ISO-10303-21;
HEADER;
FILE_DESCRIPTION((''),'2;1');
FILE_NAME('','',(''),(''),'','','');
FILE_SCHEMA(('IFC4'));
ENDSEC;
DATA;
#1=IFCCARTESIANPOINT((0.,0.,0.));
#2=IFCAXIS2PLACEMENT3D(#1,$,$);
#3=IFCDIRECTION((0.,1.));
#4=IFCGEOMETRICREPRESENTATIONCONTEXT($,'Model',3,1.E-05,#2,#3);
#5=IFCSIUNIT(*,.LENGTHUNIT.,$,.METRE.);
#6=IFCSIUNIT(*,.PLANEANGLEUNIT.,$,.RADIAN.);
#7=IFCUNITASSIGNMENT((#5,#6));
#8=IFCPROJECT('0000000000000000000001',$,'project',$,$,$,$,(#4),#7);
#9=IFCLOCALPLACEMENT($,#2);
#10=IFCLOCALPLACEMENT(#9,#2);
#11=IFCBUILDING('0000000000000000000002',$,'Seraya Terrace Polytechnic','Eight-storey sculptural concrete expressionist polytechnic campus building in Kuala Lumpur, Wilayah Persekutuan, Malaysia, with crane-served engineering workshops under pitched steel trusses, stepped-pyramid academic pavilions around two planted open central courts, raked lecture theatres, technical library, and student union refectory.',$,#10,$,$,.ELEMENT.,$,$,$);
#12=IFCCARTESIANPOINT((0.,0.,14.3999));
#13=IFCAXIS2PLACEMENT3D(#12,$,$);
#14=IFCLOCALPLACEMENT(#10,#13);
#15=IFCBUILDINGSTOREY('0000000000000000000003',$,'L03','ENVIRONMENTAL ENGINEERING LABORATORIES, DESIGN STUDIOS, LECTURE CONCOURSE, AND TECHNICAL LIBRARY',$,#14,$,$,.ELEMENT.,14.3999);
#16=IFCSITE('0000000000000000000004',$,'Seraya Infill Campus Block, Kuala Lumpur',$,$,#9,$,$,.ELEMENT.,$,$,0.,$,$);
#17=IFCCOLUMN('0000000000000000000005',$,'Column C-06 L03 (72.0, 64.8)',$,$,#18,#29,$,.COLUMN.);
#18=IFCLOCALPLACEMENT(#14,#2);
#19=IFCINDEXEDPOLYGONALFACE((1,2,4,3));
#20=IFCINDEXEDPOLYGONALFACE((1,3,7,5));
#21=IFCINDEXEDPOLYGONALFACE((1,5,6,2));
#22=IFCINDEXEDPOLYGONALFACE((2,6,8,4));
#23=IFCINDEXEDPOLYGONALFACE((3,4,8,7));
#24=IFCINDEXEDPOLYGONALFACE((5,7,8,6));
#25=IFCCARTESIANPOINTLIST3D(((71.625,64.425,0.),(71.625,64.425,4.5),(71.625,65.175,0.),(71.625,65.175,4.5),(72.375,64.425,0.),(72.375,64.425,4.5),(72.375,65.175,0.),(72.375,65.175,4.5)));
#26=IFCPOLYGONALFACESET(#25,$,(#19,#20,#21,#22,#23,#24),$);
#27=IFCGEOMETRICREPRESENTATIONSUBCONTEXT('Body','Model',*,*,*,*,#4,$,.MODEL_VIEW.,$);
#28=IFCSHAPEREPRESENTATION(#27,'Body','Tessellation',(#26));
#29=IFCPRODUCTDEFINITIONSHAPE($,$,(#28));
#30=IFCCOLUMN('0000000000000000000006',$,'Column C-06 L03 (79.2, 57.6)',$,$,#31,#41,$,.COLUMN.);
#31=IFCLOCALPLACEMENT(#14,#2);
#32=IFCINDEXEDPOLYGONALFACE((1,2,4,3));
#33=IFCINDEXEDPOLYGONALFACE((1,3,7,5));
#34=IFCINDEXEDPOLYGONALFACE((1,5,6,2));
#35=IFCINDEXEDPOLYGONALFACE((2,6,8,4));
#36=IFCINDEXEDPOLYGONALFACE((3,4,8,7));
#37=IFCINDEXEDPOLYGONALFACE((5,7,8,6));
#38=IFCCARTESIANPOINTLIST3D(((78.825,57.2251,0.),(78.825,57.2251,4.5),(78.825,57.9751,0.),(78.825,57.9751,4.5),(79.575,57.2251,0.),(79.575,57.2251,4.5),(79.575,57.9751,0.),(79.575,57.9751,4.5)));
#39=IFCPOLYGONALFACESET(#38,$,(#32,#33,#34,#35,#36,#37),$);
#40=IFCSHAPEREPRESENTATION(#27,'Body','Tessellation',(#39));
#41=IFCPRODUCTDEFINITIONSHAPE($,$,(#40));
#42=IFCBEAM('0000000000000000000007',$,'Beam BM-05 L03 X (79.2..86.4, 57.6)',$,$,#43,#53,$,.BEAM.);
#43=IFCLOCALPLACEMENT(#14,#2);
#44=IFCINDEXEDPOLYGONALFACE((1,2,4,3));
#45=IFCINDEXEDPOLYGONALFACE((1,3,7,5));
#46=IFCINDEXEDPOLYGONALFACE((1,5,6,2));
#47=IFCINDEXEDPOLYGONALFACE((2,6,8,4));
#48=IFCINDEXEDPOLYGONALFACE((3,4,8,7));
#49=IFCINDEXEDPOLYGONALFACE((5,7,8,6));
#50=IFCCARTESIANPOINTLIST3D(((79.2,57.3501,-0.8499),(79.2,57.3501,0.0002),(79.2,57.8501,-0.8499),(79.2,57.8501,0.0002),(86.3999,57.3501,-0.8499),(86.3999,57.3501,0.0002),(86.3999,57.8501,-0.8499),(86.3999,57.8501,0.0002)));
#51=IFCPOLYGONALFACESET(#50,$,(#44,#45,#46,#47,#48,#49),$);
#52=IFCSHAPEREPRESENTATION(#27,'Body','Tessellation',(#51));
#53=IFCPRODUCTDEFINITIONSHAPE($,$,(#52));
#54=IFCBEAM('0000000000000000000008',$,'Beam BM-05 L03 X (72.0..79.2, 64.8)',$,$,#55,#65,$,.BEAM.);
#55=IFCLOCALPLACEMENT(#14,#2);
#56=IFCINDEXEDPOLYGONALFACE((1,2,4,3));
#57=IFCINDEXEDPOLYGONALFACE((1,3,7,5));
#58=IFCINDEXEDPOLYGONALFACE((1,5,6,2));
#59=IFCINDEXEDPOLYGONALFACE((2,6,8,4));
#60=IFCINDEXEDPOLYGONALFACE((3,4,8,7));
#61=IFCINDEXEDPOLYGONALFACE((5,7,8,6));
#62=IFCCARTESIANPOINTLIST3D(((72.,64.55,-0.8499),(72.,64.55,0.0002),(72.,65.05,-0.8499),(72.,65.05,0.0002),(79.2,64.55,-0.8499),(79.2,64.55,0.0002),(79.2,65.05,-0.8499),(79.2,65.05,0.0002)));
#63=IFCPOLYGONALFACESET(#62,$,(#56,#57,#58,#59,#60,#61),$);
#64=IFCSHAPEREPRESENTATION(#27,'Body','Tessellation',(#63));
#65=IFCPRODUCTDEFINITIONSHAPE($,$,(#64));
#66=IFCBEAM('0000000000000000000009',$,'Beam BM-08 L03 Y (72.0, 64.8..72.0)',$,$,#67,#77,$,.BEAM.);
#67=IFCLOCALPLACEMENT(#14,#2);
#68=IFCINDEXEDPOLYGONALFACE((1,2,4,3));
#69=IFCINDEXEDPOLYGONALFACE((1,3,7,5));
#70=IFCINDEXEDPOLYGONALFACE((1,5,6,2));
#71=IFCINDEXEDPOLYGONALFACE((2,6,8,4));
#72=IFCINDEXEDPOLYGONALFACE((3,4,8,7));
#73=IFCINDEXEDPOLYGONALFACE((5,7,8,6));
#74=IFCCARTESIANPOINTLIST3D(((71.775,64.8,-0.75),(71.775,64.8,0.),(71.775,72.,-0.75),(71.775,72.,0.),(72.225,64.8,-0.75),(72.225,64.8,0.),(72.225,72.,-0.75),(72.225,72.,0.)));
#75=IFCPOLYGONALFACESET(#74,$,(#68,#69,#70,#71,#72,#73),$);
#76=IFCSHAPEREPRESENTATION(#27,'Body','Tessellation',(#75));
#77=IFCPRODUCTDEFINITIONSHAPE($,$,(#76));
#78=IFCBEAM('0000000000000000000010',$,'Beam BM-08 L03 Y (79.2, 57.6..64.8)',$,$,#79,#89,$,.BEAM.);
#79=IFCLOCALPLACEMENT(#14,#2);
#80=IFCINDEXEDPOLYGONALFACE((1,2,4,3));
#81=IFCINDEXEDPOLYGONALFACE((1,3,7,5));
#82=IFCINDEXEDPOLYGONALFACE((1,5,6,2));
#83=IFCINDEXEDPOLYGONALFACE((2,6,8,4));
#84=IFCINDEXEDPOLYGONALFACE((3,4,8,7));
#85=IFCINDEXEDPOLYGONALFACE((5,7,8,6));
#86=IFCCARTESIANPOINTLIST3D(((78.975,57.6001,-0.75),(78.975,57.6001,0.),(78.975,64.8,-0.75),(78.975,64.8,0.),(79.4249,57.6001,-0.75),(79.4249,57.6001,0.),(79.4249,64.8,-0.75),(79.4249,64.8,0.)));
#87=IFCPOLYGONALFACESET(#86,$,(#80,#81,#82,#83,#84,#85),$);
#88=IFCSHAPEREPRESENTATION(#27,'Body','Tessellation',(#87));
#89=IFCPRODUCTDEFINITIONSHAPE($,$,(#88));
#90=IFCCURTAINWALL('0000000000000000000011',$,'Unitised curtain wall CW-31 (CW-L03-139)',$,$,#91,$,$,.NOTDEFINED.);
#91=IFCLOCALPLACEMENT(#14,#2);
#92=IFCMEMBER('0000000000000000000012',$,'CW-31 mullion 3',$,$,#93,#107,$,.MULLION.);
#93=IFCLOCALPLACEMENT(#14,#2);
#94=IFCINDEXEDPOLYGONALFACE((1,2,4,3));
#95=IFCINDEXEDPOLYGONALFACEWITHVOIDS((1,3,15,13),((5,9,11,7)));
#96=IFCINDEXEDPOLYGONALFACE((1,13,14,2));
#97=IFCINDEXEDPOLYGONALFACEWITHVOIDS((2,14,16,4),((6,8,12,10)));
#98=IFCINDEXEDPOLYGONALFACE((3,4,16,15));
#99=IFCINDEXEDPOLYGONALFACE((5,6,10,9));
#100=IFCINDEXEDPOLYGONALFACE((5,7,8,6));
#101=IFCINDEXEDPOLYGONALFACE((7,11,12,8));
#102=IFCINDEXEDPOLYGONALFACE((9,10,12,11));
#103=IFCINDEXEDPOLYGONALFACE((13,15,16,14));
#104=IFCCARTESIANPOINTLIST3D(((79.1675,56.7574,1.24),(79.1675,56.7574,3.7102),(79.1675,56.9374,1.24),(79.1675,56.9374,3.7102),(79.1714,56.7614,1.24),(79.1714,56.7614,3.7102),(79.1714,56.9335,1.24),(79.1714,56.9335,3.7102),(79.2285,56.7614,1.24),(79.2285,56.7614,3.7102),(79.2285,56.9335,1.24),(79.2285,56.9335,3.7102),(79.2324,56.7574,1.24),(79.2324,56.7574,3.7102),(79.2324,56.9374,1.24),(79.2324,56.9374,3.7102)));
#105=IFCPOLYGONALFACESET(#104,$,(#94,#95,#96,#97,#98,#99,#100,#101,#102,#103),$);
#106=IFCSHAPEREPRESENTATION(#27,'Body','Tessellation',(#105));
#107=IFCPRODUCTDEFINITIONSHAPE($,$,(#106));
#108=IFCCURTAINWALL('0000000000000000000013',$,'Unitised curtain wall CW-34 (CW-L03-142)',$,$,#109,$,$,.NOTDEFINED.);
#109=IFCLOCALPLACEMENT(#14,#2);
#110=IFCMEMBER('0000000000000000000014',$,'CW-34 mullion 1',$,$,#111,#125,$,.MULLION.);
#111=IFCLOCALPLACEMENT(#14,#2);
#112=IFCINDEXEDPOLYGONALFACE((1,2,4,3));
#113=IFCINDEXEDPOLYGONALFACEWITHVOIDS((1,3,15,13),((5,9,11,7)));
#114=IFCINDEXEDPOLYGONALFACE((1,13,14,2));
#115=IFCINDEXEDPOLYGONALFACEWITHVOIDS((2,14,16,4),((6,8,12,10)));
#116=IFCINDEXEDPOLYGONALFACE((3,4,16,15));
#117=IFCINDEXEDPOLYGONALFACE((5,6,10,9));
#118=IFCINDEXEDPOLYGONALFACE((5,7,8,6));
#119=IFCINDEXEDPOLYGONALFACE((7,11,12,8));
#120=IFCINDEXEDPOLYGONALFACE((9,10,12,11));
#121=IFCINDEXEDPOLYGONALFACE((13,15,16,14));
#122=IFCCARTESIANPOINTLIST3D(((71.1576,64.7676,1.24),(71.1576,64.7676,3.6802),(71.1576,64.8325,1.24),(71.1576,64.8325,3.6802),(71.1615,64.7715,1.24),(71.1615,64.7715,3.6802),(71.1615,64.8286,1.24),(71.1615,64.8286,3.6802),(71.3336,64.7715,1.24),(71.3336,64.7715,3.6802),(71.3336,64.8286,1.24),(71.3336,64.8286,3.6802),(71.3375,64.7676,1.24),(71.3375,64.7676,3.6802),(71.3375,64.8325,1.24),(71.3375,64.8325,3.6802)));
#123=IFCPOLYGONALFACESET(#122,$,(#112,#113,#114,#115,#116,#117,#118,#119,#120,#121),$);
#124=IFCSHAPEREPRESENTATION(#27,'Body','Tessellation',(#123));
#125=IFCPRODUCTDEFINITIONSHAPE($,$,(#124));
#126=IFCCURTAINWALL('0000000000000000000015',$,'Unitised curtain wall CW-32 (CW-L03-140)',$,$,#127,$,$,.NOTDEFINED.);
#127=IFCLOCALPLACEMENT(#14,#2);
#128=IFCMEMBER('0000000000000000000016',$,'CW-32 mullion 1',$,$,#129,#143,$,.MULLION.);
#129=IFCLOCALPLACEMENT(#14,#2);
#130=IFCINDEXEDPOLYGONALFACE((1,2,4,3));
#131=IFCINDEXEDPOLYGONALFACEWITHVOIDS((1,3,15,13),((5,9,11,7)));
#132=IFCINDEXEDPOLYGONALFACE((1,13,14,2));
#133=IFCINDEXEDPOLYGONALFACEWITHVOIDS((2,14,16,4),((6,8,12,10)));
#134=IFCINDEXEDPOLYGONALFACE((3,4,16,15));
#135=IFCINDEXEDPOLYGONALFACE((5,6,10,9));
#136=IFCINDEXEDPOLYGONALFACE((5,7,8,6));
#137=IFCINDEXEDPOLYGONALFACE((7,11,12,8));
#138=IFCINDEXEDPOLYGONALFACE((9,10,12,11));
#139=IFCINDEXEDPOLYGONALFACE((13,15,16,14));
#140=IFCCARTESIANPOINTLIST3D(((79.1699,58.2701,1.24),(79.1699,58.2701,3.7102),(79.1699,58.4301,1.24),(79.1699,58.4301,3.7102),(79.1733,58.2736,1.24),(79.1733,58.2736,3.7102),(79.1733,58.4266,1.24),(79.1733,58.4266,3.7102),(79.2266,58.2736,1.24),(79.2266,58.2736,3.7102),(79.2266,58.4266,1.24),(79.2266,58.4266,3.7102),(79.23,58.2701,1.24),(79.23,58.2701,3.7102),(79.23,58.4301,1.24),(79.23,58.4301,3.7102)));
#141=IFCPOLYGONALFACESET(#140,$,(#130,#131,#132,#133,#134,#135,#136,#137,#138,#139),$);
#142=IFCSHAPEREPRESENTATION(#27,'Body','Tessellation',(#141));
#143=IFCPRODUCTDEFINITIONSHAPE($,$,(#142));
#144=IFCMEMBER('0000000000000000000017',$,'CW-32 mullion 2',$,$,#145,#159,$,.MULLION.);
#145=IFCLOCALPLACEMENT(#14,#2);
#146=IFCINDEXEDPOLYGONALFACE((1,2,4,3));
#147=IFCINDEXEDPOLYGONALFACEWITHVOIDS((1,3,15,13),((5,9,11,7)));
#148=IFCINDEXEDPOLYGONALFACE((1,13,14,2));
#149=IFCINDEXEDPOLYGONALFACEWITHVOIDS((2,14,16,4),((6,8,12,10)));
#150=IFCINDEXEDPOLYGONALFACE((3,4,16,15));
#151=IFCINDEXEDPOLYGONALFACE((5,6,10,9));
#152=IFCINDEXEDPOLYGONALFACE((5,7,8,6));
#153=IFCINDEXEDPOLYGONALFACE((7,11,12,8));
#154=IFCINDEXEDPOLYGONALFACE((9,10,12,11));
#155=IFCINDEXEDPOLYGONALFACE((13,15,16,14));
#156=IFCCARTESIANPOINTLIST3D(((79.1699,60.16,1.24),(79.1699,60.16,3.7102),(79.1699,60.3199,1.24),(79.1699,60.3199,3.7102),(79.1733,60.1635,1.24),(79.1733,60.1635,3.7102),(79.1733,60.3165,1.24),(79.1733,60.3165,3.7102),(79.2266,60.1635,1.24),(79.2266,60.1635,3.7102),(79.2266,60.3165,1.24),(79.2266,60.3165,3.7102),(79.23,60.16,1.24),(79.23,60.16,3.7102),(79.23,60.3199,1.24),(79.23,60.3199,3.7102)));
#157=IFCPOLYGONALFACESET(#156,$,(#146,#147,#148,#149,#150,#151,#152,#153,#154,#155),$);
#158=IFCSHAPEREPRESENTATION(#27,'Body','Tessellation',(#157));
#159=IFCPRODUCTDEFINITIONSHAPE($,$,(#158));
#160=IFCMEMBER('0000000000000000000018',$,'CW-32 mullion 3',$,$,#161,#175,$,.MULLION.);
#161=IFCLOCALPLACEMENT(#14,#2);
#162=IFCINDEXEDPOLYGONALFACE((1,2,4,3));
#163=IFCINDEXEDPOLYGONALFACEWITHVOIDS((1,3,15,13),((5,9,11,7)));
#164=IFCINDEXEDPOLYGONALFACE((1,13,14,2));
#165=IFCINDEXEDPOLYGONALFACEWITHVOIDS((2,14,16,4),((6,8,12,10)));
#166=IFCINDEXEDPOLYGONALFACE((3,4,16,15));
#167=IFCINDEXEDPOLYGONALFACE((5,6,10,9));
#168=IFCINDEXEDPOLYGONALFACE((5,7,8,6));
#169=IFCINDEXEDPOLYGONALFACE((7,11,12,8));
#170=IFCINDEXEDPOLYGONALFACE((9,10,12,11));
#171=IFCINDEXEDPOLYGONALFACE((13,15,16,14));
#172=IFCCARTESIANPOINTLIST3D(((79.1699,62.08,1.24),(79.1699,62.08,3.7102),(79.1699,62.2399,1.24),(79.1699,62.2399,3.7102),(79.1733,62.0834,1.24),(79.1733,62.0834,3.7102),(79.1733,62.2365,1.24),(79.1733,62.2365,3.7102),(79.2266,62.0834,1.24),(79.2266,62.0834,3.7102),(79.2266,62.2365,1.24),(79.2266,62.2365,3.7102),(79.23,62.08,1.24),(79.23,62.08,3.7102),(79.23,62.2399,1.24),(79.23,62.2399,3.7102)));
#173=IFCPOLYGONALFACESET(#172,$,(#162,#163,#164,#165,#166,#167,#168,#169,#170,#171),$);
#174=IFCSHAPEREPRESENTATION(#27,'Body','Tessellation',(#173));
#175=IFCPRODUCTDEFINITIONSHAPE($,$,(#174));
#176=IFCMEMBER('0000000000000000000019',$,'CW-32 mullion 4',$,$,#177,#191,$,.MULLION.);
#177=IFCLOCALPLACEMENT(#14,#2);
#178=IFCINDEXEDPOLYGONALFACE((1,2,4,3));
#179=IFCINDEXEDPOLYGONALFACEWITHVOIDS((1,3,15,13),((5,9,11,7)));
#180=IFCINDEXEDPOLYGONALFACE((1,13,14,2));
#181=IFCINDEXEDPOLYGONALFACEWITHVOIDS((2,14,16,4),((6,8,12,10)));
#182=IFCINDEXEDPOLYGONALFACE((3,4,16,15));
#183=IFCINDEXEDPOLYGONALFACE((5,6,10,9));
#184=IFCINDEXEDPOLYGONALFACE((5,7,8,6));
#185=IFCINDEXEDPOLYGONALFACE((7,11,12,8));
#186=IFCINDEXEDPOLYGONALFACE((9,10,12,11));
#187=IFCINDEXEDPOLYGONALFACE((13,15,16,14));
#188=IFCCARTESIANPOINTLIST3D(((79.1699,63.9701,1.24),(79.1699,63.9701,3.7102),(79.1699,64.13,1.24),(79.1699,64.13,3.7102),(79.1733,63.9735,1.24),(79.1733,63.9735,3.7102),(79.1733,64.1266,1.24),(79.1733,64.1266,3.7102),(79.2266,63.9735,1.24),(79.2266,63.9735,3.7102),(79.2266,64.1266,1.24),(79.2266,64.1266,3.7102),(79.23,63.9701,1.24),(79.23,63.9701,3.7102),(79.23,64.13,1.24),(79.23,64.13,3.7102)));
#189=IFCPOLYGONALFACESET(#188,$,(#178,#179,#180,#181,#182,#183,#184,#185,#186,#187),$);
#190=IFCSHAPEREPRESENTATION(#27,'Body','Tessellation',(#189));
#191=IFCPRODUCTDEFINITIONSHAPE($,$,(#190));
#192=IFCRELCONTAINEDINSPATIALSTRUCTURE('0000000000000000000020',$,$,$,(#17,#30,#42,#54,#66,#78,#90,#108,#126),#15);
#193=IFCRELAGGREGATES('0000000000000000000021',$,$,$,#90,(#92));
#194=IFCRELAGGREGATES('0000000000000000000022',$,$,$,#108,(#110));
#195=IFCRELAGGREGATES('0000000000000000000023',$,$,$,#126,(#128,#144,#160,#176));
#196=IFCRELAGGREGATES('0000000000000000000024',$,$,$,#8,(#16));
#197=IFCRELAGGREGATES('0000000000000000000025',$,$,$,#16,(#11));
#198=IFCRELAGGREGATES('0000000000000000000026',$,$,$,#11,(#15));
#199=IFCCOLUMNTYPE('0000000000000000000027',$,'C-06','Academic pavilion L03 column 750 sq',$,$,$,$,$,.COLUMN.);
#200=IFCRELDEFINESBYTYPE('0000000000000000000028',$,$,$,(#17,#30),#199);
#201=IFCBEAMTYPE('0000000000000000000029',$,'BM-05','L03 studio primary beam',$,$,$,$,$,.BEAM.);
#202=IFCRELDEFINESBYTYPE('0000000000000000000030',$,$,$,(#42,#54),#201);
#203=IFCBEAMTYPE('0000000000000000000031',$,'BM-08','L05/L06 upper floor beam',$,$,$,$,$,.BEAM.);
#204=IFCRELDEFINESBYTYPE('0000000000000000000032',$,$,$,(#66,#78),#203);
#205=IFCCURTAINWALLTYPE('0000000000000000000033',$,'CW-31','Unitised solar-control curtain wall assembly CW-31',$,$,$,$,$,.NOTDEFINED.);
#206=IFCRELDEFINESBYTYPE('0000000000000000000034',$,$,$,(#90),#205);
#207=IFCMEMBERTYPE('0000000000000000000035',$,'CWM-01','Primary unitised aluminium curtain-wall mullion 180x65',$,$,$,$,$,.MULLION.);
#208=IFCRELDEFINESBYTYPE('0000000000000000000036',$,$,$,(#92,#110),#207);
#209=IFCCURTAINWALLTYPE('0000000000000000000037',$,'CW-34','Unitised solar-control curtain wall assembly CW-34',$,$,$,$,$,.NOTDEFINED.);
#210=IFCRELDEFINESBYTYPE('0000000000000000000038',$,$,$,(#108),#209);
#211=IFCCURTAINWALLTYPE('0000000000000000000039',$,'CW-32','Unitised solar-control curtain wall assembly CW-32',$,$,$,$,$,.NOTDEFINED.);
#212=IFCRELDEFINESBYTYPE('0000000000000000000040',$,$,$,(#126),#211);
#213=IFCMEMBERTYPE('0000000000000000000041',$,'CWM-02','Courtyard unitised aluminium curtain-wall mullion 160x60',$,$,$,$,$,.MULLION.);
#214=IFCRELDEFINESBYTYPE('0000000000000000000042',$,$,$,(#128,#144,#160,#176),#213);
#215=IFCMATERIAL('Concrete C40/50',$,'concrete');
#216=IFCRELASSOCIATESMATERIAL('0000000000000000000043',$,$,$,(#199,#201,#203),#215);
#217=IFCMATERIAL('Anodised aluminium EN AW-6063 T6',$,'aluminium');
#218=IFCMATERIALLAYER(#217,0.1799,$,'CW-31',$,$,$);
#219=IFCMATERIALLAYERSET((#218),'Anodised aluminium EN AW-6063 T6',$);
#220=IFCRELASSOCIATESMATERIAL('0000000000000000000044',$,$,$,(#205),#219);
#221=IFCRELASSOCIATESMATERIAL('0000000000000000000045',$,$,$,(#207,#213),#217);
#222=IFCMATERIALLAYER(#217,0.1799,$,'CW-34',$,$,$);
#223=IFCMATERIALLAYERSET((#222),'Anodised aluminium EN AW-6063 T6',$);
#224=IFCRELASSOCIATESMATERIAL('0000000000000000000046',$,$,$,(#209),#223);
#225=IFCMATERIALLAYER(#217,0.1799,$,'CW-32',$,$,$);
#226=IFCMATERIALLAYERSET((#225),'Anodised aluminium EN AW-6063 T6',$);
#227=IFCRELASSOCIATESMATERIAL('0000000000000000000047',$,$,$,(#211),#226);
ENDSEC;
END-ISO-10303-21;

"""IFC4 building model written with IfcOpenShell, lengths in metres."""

from ifc_helpers import new_model, si_unit, direction, frame, origin, origin_2d, place, context, subcontext, project, spatial, rectangle, hollow_rectangle, extrude, material, layer, layer_set, material_profile, profile_set, type_object, element, aggregate, save


model = new_model("IFC4")

# Units and contexts
model_context = context("Model", 3, precision=1e-05, world=origin(), true_north=direction((0.0, 1.0)))
body_context = subcontext(model_context, "Body", "Model", "MODEL_VIEW")
ifc_project = project(units=[si_unit("LENGTHUNIT", "METRE"), si_unit("PLANEANGLEUNIT", "RADIAN")], contexts=[model_context])

# Site, building, storey
site_placement = place(None, origin())
site = spatial("IfcSite", under=ifc_project, at=site_placement, Name="Seraya Infill Campus Block, Kuala Lumpur", CompositionType="ELEMENT", RefElevation=0.0)
building_placement = place(site_placement, origin())
building = spatial("IfcBuilding", under=site, at=building_placement, Name="Seraya Terrace Polytechnic", Description="Eight-storey sculptural concrete expressionist polytechnic campus building in Kuala Lumpur, Wilayah Persekutuan, Malaysia, with crane-served engineering workshops under pitched steel trusses, stepped-pyramid academic pavilions around two planted open central courts, raked lecture theatres, technical library, and student union refectory.", CompositionType="ELEMENT")
storey_placement = place(building_placement, frame((0.0, 0.0, 14.3999)))
storey = spatial("IfcBuildingStorey", under=building, at=storey_placement, Name="L03", Description="ENVIRONMENTAL ENGINEERING LABORATORIES, DESIGN STUDIOS, LECTURE CONCOURSE, AND TECHNICAL LIBRARY", CompositionType="ELEMENT", Elevation=14.3999)

# Columns
ifc_material_1 = material(Name="Concrete C40/50", Category="concrete")
ifc_material_profile_1 = material_profile(ifc_material_1, rectangle(XDim=0.75, YDim=0.75, at=origin_2d()), Name="RC 750x750")
ifc_profile_set_1 = profile_set([ifc_material_profile_1], Name="Concrete C40/50")
column_type = type_object("IfcColumnType", Name="C-06", Description="Academic pavilion L03 column 750 sq", PredefinedType="COLUMN", material=ifc_profile_set_1)
for number, where, z_axis, x_axis, name in (
    (1, (72.0, 64.8, 0.0), (0.0, 0.0, 1.0), (1.0, 0.0, 0.0), "Column C-06 L03 (72.0, 64.8)"),
    (2, (79.2, 57.6001, 0.0), (0.0, 0.0, 1.0), (1.0, 0.0, 0.0), "Column C-06 L03 (79.2, 57.6)"),
):
    element("IfcColumn", number, at=place(storey_placement, frame(where, z_axis=z_axis, x_axis=x_axis)), inside=storey, type_object=column_type, Name=name, PredefinedType="COLUMN", context=body_context, shape_type="SweptSolid", body=[
        extrude(rectangle(XDim=0.75, YDim=0.75, at=origin_2d()), origin(), (0.0, 0.0, 1.0), 4.5),
    ])

# Beams
ifc_material_profile_2 = material_profile(ifc_material_1, rectangle(XDim=0.5, YDim=0.8501, at=origin_2d()), Name="RC 500x850")
ifc_profile_set_2 = profile_set([ifc_material_profile_2], Name="Concrete C40/50")
beam_type_1 = type_object("IfcBeamType", Name="BM-05", Description="L03 studio primary beam", PredefinedType="BEAM", material=ifc_profile_set_2)
for number, where, z_axis, x_axis, name in (
    (3, (79.2, 57.6001, -0.4248), (1.0, 0.0, 0.0), (0.0, 1.0, 0.0), "Beam BM-05 L03 X (79.2..86.4, 57.6)"),
    (4, (72.0, 64.8, -0.4248), (1.0, 0.0, 0.0), (0.0, 1.0, 0.0), "Beam BM-05 L03 X (72.0..79.2, 64.8)"),
):
    element("IfcBeam", number, at=place(storey_placement, frame(where, z_axis=z_axis, x_axis=x_axis)), inside=storey, type_object=beam_type_1, Name=name, PredefinedType="BEAM", context=body_context, shape_type="SweptSolid", body=[
        extrude(rectangle(XDim=0.5, YDim=0.8501, at=origin_2d()), origin(), (0.0, 0.0, 1.0), 7.2),
    ])
ifc_material_profile_3 = material_profile(ifc_material_1, rectangle(XDim=0.45, YDim=0.75, at=origin_2d()), Name="RC 450x750")
ifc_profile_set_3 = profile_set([ifc_material_profile_3], Name="Concrete C40/50")
beam_type_2 = type_object("IfcBeamType", Name="BM-08", Description="L05/L06 upper floor beam", PredefinedType="BEAM", material=ifc_profile_set_3)
for number, where, z_axis, x_axis, name in (
    (5, (72.0, 64.8, -0.375), (0.0, 1.0, 0.0), (-1.0, 0.0, 0.0), "Beam BM-08 L03 Y (72.0, 64.8..72.0)"),
    (6, (79.2, 57.6001, -0.375), (0.0, 1.0, 0.0), (-1.0, 0.0, 0.0), "Beam BM-08 L03 Y (79.2, 57.6..64.8)"),
):
    element("IfcBeam", number, at=place(storey_placement, frame(where, z_axis=z_axis, x_axis=x_axis)), inside=storey, type_object=beam_type_2, Name=name, PredefinedType="BEAM", context=body_context, shape_type="SweptSolid", body=[
        extrude(rectangle(XDim=0.45, YDim=0.75, at=origin_2d()), origin(), (0.0, 0.0, 1.0), 7.2),
    ])

# Curtain walls, members
ifc_material_2 = material(Name="Anodised aluminium EN AW-6063 T6", Category="aluminium")
ifc_layer_1 = layer(ifc_material_2, 0.1799, Name="CW-31")
ifc_layer_set_1 = layer_set([ifc_layer_1], Name="Anodised aluminium EN AW-6063 T6")
curtain_wall_type_1 = type_object("IfcCurtainWallType", Name="CW-31", Description="Unitised solar-control curtain wall assembly CW-31", PredefinedType="NOTDEFINED", material=ifc_layer_set_1)
curtain_wall_1_placement = place(storey_placement, origin())
curtain_wall_1 = element("IfcCurtainWall", 7, at=curtain_wall_1_placement, inside=storey, type_object=curtain_wall_type_1, Name="Unitised curtain wall CW-31 (CW-L03-139)", PredefinedType="NOTDEFINED")
ifc_material_profile_4 = material_profile(ifc_material_2, hollow_rectangle(XDim=0.0649, YDim=0.1799, WallThickness=0.0039, at=origin_2d()), Name="RHS 180x65x4.0")
ifc_profile_set_4 = profile_set([ifc_material_profile_4], Name="Anodised aluminium EN AW-6063 T6")
member_type_1 = type_object("IfcMemberType", Name="CWM-01", Description="Primary unitised aluminium curtain-wall mullion 180x65", PredefinedType="MULLION", material=ifc_profile_set_4)
member_1_placement = place(storey_placement, frame((79.2, 56.8474, 1.24), z_axis=(0.0, 0.0, 1.0), x_axis=(-1.0, 0.0, 0.0)))
member_1 = element("IfcMember", 8, at=member_1_placement, type_object=member_type_1, Name="CW-31 mullion 3", PredefinedType="MULLION", context=body_context, shape_type="SweptSolid", body=[
    extrude(hollow_rectangle(XDim=0.0649, YDim=0.1799, WallThickness=0.0039, at=origin_2d()), origin(), (0.0, 0.0, 1.0), 2.4702),
])
aggregate(curtain_wall_1, [member_1])
ifc_layer_2 = layer(ifc_material_2, 0.1799, Name="CW-34")
ifc_layer_set_2 = layer_set([ifc_layer_2], Name="Anodised aluminium EN AW-6063 T6")
curtain_wall_type_2 = type_object("IfcCurtainWallType", Name="CW-34", Description="Unitised solar-control curtain wall assembly CW-34", PredefinedType="NOTDEFINED", material=ifc_layer_set_2)
curtain_wall_2_placement = place(storey_placement, origin())
curtain_wall_2 = element("IfcCurtainWall", 9, at=curtain_wall_2_placement, inside=storey, type_object=curtain_wall_type_2, Name="Unitised curtain wall CW-34 (CW-L03-142)", PredefinedType="NOTDEFINED")
member_2_placement = place(storey_placement, frame((71.2476, 64.8, 1.24), z_axis=(0.0, 0.0, 1.0), x_axis=(0.0, -1.0, 0.0)))
member_2 = element("IfcMember", 10, at=member_2_placement, type_object=member_type_1, Name="CW-34 mullion 1", PredefinedType="MULLION", context=body_context, shape_type="SweptSolid", body=[
    extrude(hollow_rectangle(XDim=0.0649, YDim=0.1799, WallThickness=0.0039, at=origin_2d()), origin(), (0.0, 0.0, 1.0), 2.4402),
])

# Curtain wall, members
ifc_layer_3 = layer(ifc_material_2, 0.1799, Name="CW-32")
ifc_layer_set_3 = layer_set([ifc_layer_3], Name="Anodised aluminium EN AW-6063 T6")
curtain_wall_type_3 = type_object("IfcCurtainWallType", Name="CW-32", Description="Unitised solar-control curtain wall assembly CW-32", PredefinedType="NOTDEFINED", material=ifc_layer_set_3)
curtain_wall_3_placement = place(storey_placement, origin())
curtain_wall_3 = element("IfcCurtainWall", 11, at=curtain_wall_3_placement, inside=storey, type_object=curtain_wall_type_3, Name="Unitised curtain wall CW-32 (CW-L03-140)", PredefinedType="NOTDEFINED")
ifc_material_profile_5 = material_profile(ifc_material_2, hollow_rectangle(XDim=0.0601, YDim=0.1599, WallThickness=0.0034, at=origin_2d()), Name="RHS 160x60x3.5")
ifc_profile_set_5 = profile_set([ifc_material_profile_5], Name="Anodised aluminium EN AW-6063 T6")
member_type_2 = type_object("IfcMemberType", Name="CWM-02", Description="Courtyard unitised aluminium curtain-wall mullion 160x60", PredefinedType="MULLION", material=ifc_profile_set_5)
member_3_placement = place(storey_placement, frame((79.2, 58.3501, 1.24), z_axis=(0.0, 0.0, 1.0), x_axis=(-1.0, 0.0, 0.0)))
member_3 = element("IfcMember", 12, at=member_3_placement, type_object=member_type_2, Name="CW-32 mullion 1", PredefinedType="MULLION", context=body_context, shape_type="SweptSolid", body=[
    extrude(hollow_rectangle(XDim=0.0601, YDim=0.1599, WallThickness=0.0034, at=origin_2d()), origin(), (0.0, 0.0, 1.0), 2.4702),
])
member_4_placement = place(storey_placement, frame((79.2, 60.24, 1.24), z_axis=(0.0, 0.0, 1.0), x_axis=(-1.0, 0.0, 0.0)))
member_4 = element("IfcMember", 13, at=member_4_placement, type_object=member_type_2, Name="CW-32 mullion 2", PredefinedType="MULLION", context=body_context, shape_type="SweptSolid", body=[
    extrude(hollow_rectangle(XDim=0.0601, YDim=0.1599, WallThickness=0.0034, at=origin_2d()), origin(), (0.0, 0.0, 1.0), 2.4702),
])
member_5_placement = place(storey_placement, frame((79.2, 62.1599, 1.24), z_axis=(0.0, 0.0, 1.0), x_axis=(-1.0, 0.0, 0.0)))
member_5 = element("IfcMember", 14, at=member_5_placement, type_object=member_type_2, Name="CW-32 mullion 3", PredefinedType="MULLION", context=body_context, shape_type="SweptSolid", body=[
    extrude(hollow_rectangle(XDim=0.0601, YDim=0.1599, WallThickness=0.0034, at=origin_2d()), origin(), (0.0, 0.0, 1.0), 2.4702),
])
member_6_placement = place(storey_placement, frame((79.2, 64.05, 1.24), z_axis=(0.0, 0.0, 1.0), x_axis=(-1.0, 0.0, 0.0)))
member_6 = element("IfcMember", 15, at=member_6_placement, type_object=member_type_2, Name="CW-32 mullion 4", PredefinedType="MULLION", context=body_context, shape_type="SweptSolid", body=[
    extrude(hollow_rectangle(XDim=0.0601, YDim=0.1599, WallThickness=0.0034, at=origin_2d()), origin(), (0.0, 0.0, 1.0), 2.4702),
])

aggregate(curtain_wall_2, [member_2])

aggregate(curtain_wall_3, [member_3, member_4, member_5, member_6])

save(model, "model.ifc")
